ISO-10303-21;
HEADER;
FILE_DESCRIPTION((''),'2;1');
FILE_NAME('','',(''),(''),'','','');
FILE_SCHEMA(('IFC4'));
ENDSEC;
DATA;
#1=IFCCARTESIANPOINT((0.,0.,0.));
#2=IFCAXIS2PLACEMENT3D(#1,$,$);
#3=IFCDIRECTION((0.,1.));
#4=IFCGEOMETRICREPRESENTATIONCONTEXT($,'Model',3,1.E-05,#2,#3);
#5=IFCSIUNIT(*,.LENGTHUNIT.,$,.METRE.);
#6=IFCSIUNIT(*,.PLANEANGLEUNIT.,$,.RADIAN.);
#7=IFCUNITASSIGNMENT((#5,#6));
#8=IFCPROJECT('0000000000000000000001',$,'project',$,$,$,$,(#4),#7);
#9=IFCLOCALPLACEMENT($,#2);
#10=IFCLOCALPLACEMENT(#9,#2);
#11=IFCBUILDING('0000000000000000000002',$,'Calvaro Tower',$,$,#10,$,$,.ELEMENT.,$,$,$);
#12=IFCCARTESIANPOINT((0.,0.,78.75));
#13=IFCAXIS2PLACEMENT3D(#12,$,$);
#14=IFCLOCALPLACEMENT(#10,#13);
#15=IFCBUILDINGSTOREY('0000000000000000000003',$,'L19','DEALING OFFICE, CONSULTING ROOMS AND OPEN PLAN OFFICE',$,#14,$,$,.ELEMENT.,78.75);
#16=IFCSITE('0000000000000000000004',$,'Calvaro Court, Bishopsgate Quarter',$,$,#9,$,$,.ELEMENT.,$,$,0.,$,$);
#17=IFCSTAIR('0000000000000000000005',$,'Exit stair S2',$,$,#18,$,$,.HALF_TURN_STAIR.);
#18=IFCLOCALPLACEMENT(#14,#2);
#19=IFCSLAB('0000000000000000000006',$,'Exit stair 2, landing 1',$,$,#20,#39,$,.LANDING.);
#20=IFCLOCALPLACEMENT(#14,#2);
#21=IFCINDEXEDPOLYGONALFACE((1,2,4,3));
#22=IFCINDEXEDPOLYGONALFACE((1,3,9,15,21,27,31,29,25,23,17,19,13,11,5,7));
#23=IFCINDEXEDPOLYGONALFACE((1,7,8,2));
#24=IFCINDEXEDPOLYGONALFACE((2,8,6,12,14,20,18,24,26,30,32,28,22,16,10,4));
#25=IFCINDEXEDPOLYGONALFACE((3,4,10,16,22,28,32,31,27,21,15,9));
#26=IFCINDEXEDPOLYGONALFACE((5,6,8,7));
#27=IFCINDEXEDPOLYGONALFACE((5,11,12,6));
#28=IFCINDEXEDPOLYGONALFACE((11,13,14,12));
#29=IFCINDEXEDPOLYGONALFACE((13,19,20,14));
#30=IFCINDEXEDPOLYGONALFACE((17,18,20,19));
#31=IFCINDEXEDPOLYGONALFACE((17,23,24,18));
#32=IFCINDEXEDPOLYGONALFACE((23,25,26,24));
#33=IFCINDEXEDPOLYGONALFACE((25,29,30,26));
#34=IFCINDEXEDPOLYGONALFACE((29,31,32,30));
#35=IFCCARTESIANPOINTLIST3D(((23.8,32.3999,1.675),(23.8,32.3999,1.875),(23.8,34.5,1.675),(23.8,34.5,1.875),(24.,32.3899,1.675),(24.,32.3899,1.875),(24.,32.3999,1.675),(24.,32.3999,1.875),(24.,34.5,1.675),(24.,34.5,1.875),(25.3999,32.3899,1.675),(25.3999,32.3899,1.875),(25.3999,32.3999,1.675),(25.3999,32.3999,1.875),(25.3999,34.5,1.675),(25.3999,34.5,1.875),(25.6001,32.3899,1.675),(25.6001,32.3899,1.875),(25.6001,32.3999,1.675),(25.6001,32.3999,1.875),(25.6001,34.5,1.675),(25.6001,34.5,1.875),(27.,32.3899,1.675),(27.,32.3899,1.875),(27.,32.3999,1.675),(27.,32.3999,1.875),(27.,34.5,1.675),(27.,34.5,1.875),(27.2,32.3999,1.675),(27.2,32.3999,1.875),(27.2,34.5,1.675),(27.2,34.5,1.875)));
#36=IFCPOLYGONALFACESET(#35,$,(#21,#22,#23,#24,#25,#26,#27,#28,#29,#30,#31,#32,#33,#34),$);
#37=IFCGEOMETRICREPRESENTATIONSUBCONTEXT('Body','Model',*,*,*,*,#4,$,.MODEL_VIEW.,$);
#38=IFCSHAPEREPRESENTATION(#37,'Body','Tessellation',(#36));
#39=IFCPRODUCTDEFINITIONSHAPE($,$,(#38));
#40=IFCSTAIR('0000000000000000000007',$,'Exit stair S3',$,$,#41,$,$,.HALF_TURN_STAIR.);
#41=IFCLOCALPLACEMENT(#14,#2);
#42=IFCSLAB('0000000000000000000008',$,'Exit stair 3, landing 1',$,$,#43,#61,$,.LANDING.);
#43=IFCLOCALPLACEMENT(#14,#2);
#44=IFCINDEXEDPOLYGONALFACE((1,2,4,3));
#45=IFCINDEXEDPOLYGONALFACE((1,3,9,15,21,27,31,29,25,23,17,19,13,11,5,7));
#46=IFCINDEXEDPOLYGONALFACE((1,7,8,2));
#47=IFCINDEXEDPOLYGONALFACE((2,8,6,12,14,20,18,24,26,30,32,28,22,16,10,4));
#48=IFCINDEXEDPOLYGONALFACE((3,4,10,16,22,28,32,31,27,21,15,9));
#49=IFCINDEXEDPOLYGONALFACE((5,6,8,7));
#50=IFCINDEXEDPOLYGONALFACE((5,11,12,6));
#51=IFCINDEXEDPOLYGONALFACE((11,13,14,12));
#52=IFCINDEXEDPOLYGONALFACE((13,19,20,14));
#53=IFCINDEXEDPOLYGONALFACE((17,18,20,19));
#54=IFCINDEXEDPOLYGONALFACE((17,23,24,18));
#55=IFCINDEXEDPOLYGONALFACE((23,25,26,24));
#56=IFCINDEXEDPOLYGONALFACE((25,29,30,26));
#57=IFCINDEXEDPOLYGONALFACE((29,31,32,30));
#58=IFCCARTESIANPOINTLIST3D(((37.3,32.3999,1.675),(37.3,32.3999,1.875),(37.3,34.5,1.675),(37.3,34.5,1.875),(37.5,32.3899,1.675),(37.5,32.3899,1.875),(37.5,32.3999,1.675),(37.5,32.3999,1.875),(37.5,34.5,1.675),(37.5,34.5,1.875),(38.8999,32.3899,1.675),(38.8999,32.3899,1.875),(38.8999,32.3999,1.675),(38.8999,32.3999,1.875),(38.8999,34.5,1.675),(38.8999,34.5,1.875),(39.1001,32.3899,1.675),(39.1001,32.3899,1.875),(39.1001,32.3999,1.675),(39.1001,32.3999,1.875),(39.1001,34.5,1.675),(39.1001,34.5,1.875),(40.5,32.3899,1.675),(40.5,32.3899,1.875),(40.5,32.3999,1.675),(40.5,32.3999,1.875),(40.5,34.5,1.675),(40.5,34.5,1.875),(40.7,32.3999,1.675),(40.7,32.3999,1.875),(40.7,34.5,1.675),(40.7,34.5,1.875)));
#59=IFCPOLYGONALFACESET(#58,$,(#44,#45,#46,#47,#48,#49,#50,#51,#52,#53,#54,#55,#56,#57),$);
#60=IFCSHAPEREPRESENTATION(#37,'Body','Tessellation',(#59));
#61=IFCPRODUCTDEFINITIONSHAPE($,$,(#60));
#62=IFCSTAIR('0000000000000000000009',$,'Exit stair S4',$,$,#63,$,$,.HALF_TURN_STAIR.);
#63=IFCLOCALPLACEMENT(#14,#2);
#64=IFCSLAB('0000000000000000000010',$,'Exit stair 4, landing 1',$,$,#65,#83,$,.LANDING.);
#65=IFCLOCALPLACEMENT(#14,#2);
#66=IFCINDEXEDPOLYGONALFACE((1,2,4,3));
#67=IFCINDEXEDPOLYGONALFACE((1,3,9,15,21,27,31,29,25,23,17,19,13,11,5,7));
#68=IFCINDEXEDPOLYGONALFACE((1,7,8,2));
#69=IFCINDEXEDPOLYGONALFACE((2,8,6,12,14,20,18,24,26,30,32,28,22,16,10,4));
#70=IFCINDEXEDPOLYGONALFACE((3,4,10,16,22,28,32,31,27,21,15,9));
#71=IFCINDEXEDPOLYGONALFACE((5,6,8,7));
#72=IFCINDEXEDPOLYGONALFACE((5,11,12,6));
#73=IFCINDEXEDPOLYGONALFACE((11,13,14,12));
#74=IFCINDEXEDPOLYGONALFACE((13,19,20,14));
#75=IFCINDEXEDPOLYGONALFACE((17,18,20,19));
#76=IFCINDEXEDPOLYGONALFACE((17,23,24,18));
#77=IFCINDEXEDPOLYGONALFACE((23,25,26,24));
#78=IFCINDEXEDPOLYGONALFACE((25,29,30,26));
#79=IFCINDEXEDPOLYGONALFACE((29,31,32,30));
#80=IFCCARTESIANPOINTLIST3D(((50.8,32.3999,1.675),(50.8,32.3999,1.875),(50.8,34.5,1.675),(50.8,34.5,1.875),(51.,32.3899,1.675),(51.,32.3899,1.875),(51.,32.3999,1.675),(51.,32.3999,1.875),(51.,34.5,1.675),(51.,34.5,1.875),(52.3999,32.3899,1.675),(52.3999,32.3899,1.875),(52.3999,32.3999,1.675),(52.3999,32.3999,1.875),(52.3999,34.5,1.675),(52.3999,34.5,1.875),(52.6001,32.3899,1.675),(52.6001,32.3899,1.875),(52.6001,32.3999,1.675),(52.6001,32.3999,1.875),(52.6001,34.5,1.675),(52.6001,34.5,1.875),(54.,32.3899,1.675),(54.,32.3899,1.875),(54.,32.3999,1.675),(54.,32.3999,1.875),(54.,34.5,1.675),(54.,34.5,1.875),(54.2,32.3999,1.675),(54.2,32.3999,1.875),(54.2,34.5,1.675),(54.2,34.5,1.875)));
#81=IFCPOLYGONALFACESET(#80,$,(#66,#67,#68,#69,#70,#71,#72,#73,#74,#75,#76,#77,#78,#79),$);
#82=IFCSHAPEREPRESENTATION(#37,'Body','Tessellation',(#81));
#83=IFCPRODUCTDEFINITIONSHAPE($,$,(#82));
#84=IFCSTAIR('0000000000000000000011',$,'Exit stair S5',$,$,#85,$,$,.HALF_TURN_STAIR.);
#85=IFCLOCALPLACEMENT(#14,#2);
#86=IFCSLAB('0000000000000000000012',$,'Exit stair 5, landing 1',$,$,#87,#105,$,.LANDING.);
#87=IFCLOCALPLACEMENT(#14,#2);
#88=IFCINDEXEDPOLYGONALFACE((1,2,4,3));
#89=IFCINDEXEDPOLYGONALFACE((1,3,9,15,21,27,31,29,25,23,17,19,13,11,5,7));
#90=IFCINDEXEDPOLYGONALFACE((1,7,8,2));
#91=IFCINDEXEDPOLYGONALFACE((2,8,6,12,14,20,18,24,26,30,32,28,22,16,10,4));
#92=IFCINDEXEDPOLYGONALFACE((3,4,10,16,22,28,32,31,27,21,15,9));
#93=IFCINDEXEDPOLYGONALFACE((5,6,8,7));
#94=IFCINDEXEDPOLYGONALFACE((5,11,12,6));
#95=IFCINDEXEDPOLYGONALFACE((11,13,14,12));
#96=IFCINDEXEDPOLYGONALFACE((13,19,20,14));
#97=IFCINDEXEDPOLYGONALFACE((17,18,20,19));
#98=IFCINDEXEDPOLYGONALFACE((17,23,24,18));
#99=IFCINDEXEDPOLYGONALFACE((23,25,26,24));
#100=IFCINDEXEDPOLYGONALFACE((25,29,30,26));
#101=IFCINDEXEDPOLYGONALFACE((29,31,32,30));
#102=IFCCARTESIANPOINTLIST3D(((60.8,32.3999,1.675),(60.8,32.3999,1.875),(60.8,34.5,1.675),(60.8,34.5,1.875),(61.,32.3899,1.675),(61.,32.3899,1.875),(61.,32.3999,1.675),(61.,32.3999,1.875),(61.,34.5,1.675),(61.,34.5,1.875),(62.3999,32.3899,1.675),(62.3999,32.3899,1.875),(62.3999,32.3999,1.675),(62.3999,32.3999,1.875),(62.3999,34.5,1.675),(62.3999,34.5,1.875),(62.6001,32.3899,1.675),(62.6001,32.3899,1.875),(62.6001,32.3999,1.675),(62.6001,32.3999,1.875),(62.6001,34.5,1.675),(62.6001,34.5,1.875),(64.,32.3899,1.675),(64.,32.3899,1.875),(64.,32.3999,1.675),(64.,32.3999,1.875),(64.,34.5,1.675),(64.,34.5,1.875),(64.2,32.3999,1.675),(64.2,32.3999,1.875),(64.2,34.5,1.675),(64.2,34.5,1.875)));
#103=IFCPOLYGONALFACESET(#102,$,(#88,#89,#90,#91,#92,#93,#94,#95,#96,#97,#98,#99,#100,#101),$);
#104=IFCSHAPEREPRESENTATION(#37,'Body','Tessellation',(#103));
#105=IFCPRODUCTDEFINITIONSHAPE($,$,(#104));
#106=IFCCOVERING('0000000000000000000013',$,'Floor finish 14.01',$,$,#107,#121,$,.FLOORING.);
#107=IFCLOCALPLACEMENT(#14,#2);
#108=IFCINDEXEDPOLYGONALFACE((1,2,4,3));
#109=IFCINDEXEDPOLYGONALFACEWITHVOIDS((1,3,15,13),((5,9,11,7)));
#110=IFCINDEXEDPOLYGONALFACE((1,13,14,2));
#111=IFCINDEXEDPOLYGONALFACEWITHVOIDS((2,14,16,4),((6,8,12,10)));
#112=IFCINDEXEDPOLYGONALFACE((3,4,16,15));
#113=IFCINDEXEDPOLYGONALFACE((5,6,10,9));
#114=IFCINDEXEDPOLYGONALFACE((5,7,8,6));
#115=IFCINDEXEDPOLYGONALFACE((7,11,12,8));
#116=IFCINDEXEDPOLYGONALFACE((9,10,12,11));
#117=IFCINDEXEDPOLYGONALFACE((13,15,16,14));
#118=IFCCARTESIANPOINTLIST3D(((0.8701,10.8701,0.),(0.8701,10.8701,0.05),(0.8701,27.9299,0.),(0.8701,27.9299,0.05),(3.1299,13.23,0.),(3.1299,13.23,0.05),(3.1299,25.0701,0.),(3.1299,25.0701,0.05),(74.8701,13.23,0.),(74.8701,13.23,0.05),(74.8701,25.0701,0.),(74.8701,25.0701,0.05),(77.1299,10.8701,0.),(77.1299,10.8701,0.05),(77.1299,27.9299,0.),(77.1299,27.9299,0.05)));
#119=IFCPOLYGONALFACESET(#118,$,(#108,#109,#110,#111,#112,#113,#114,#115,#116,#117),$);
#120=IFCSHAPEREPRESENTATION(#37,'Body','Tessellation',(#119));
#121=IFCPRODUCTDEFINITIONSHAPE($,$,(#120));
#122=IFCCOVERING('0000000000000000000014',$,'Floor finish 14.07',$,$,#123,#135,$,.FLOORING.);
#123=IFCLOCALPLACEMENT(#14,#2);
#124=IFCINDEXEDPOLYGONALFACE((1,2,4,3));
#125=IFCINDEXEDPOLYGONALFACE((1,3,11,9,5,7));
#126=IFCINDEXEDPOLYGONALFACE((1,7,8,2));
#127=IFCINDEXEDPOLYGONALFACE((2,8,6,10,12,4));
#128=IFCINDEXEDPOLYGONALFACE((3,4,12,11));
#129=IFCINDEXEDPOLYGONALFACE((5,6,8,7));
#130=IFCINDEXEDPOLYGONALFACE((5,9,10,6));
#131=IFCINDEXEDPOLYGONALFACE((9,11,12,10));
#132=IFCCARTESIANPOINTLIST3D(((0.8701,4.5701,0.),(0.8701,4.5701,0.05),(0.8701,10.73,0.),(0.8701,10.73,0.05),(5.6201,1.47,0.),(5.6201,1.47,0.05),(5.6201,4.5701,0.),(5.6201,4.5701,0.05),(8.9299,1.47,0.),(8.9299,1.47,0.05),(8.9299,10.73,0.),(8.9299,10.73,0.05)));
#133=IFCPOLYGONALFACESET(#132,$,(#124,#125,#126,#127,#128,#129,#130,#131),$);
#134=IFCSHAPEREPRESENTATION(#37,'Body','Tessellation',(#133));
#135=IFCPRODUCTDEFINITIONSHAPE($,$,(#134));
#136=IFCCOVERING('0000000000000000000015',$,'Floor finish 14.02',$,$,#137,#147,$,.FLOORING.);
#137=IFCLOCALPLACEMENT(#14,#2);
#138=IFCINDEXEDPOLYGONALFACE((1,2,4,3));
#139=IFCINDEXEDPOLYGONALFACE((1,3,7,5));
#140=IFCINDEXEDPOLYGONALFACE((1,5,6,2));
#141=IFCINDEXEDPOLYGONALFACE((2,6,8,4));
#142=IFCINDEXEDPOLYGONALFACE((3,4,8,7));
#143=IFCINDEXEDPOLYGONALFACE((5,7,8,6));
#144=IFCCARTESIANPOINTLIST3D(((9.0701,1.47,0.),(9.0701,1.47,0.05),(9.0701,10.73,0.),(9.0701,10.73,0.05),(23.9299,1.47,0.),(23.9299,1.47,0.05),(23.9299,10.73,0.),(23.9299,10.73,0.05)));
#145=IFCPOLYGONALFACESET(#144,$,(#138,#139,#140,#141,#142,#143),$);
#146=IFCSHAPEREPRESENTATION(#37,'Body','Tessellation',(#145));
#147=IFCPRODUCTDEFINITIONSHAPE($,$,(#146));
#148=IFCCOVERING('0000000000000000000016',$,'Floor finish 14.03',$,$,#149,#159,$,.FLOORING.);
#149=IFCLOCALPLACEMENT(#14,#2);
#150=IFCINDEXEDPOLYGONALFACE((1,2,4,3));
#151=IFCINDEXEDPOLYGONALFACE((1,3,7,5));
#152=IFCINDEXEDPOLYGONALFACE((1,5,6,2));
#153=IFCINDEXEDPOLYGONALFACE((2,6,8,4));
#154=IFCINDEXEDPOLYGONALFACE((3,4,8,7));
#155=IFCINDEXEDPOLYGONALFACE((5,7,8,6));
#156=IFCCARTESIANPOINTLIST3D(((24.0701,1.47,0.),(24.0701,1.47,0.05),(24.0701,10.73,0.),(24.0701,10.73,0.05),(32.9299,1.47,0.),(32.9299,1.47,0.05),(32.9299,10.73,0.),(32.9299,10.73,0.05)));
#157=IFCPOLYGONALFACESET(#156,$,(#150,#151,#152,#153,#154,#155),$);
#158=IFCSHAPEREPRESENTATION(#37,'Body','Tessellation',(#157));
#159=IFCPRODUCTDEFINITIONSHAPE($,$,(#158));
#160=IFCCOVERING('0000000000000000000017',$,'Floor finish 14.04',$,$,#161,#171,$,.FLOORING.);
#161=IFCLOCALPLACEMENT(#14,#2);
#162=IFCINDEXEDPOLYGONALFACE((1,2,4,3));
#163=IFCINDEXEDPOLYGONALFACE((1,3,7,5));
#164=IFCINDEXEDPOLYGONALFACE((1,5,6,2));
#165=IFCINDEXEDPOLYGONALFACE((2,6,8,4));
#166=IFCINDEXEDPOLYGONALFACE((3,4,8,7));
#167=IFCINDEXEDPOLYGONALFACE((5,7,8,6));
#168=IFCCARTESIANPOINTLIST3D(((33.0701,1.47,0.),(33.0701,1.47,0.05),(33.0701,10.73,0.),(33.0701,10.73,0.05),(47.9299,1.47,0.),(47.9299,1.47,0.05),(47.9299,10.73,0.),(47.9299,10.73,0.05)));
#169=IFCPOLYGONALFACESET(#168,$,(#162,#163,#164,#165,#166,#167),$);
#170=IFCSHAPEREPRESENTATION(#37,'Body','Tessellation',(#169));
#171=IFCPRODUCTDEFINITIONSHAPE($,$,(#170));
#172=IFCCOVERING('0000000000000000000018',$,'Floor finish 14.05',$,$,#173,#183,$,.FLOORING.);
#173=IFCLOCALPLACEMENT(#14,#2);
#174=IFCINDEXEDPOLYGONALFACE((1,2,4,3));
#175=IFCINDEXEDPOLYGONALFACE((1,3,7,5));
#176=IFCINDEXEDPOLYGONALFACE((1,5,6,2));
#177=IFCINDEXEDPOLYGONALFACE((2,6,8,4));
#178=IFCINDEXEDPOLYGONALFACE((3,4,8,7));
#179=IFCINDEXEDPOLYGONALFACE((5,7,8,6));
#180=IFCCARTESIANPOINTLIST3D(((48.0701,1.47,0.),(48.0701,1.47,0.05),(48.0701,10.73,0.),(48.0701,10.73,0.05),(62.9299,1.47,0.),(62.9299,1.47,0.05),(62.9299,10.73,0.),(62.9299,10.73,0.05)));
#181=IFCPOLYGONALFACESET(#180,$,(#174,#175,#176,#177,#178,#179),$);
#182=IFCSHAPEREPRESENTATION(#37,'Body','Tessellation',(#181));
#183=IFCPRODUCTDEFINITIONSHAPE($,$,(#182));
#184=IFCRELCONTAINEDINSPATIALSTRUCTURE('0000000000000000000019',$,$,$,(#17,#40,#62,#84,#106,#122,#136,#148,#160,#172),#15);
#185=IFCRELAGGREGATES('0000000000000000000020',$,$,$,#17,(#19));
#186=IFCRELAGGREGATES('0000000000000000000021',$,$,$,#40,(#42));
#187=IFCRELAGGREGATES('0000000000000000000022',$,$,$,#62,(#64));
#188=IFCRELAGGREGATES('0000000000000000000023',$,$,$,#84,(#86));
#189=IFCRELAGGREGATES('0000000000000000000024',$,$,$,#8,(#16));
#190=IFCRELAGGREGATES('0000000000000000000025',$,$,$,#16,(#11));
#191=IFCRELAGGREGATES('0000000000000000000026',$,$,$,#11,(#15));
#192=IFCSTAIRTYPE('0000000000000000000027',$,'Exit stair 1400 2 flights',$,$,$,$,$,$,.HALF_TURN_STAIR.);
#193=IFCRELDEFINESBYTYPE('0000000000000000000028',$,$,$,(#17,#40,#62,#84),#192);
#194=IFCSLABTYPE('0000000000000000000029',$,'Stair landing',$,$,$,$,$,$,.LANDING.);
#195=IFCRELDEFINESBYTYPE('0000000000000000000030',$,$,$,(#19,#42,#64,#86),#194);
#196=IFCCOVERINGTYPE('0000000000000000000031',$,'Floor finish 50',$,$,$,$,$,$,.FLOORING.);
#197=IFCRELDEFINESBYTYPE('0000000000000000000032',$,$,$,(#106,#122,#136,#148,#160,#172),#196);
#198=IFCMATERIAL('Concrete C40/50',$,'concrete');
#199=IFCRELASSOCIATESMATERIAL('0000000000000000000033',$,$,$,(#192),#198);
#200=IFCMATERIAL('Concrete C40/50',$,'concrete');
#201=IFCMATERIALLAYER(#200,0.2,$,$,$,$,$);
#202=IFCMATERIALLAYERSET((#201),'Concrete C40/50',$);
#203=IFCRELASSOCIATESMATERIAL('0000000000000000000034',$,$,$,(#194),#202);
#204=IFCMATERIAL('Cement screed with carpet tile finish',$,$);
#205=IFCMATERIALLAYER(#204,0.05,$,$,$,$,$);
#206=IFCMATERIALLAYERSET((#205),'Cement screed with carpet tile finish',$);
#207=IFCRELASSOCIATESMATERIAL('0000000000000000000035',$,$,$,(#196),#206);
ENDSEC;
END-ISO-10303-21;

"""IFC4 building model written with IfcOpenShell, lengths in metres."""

from ifc_helpers import new_model, si_unit, direction, frame, origin, place, context, subcontext, project, spatial, polyline, outline, extrude, material, layer, layer_set, type_object, element, aggregate, save


model = new_model("IFC4")

# Units and contexts
model_context = context("Model", 3, precision=1e-05, world=origin(), true_north=direction((0.0, 1.0)))
body_context = subcontext(model_context, "Body", "Model", "MODEL_VIEW")
ifc_project = project(units=[si_unit("LENGTHUNIT", "METRE"), si_unit("PLANEANGLEUNIT", "RADIAN")], contexts=[model_context])

# Site, building, storey
site_placement = place(None, origin())
site = spatial("IfcSite", under=ifc_project, at=site_placement, Name="Calvaro Court, Bishopsgate Quarter", CompositionType="ELEMENT", RefElevation=0.0)
building_placement = place(site_placement, origin())
building = spatial("IfcBuilding", under=site, at=building_placement, Name="Calvaro Tower", CompositionType="ELEMENT")
storey_placement = place(building_placement, frame((0.0, 0.0, 78.75)))
storey = spatial("IfcBuildingStorey", under=building, at=storey_placement, Name="L19", Description="DEALING OFFICE, CONSULTING ROOMS AND OPEN PLAN OFFICE", CompositionType="ELEMENT", Elevation=78.75)

# Stairs, slabs
ifc_material_1 = material(Name="Concrete C40/50", Category="concrete")
stair_type = type_object("IfcStairType", Name="Exit stair 1400 2 flights", PredefinedType="HALF_TURN_STAIR", material=ifc_material_1)
ifc_material_2 = material(Name="Concrete C40/50", Category="concrete")
ifc_layer_1 = layer(ifc_material_2, 0.2)
ifc_layer_set_1 = layer_set([ifc_layer_1], Name="Concrete C40/50")
slab_type_1 = type_object("IfcSlabType", Name="Stair landing", PredefinedType="LANDING", material=ifc_layer_set_1)
stair_1_placement = place(storey_placement, origin())
stair_1 = element("IfcStair", 1, at=stair_1_placement, inside=storey, type_object=stair_type, Name="Exit stair S2", PredefinedType="HALF_TURN_STAIR")
slab_1_placement = place(storey_placement, frame((0.0, 0.0, 1.675)))
slab_1 = element("IfcSlab", 2, at=slab_1_placement, type_object=slab_type_1, Name="Exit stair 2, landing 1", PredefinedType="LANDING", context=body_context, shape_type="SweptSolid", body=[
    extrude(outline(polyline([(25.3999, 32.3899), (24.0, 32.3899), (24.0, 32.3999), (23.8, 32.3999), (23.8, 34.5), (24.0, 34.5), (25.3999, 34.5), (25.6001, 34.5), (27.0, 34.5), (27.2, 34.5), (27.2, 32.3999), (27.0, 32.3999), (27.0, 32.3899), (25.6001, 32.3899), (25.6001, 32.3999), (25.3999, 32.3999), (25.3999, 32.3899)])), origin(), (0.0, 0.0, 1.0), 0.2),
])
aggregate(stair_1, [slab_1])
stair_2_placement = place(storey_placement, origin())
stair_2 = element("IfcStair", 3, at=stair_2_placement, inside=storey, type_object=stair_type, Name="Exit stair S3", PredefinedType="HALF_TURN_STAIR")
slab_2_placement = place(storey_placement, frame((0.0, 0.0, 1.675)))
slab_2 = element("IfcSlab", 4, at=slab_2_placement, type_object=slab_type_1, Name="Exit stair 3, landing 1", PredefinedType="LANDING", context=body_context, shape_type="SweptSolid", body=[
    extrude(outline(polyline([(38.8999, 32.3899), (37.5, 32.3899), (37.5, 32.3999), (37.3, 32.3999), (37.3, 34.5), (37.5, 34.5), (38.8999, 34.5), (39.1001, 34.5), (40.5, 34.5), (40.7, 34.5), (40.7, 32.3999), (40.5, 32.3999), (40.5, 32.3899), (39.1001, 32.3899), (39.1001, 32.3999), (38.8999, 32.3999), (38.8999, 32.3899)])), origin(), (0.0, 0.0, 1.0), 0.2),
])
aggregate(stair_2, [slab_2])
stair_3_placement = place(storey_placement, origin())
stair_3 = element("IfcStair", 5, at=stair_3_placement, inside=storey, type_object=stair_type, Name="Exit stair S4", PredefinedType="HALF_TURN_STAIR")
slab_3_placement = place(storey_placement, frame((0.0, 0.0, 1.675)))
slab_3 = element("IfcSlab", 6, at=slab_3_placement, type_object=slab_type_1, Name="Exit stair 4, landing 1", PredefinedType="LANDING", context=body_context, shape_type="SweptSolid", body=[
    extrude(outline(polyline([(52.3999, 32.3899), (51.0, 32.3899), (51.0, 32.3999), (50.8, 32.3999), (50.8, 34.5), (51.0, 34.5), (52.3999, 34.5), (52.6001, 34.5), (54.0, 34.5), (54.2, 34.5), (54.2, 32.3999), (54.0, 32.3999), (54.0, 32.3899), (52.6001, 32.3899), (52.6001, 32.3999), (52.3999, 32.3999), (52.3999, 32.3899)])), origin(), (0.0, 0.0, 1.0), 0.2),
])
aggregate(stair_3, [slab_3])
stair_4_placement = place(storey_placement, origin())
stair_4 = element("IfcStair", 7, at=stair_4_placement, inside=storey, type_object=stair_type, Name="Exit stair S5", PredefinedType="HALF_TURN_STAIR")
slab_4_placement = place(storey_placement, frame((0.0, 0.0, 1.675)))
slab_4 = element("IfcSlab", 8, at=slab_4_placement, type_object=slab_type_1, Name="Exit stair 5, landing 1", PredefinedType="LANDING", context=body_context, shape_type="SweptSolid", body=[
    extrude(outline(polyline([(62.3999, 32.3899), (61.0, 32.3899), (61.0, 32.3999), (60.8, 32.3999), (60.8, 34.5), (61.0, 34.5), (62.3999, 34.5), (62.6001, 34.5), (64.0, 34.5), (64.2, 34.5), (64.2, 32.3999), (64.0, 32.3999), (64.0, 32.3899), (62.6001, 32.3899), (62.6001, 32.3999), (62.3999, 32.3999), (62.3999, 32.3899)])), origin(), (0.0, 0.0, 1.0), 0.2),
])
aggregate(stair_4, [slab_4])

# Coverings
ifc_material_3 = material(Name="Cement screed with carpet tile finish")
ifc_layer_2 = layer(ifc_material_3, 0.05)
ifc_layer_set_2 = layer_set([ifc_layer_2], Name="Cement screed with carpet tile finish")
covering_type = type_object("IfcCoveringType", Name="Floor finish 50", PredefinedType="FLOORING", material=ifc_layer_set_2)
covering_1_placement = place(storey_placement, origin())
element("IfcCovering", 9, at=covering_1_placement, inside=storey, type_object=covering_type, Name="Floor finish 14.01", PredefinedType="FLOORING", context=body_context, shape_type="SweptSolid", body=[
    extrude(outline(polyline([(0.8701, 10.8701), (0.8701, 27.9299), (77.1299, 27.9299), (77.1299, 10.8701), (0.8701, 10.8701)]), holes=[polyline([(74.8701, 13.23), (74.8701, 25.0701), (3.1299, 25.0701), (3.1299, 13.23), (74.8701, 13.23)])]), origin(), (0.0, 0.0, 1.0), 0.05),
])
covering_2_placement = place(storey_placement, origin())
element("IfcCovering", 10, at=covering_2_placement, inside=storey, type_object=covering_type, Name="Floor finish 14.07", PredefinedType="FLOORING", context=body_context, shape_type="SweptSolid", body=[
    extrude(outline(polyline([(8.9299, 10.73), (8.9299, 1.47), (5.6201, 1.47), (5.6201, 4.5701), (0.8701, 4.5701), (0.8701, 10.73), (8.9299, 10.73)])), origin(), (0.0, 0.0, 1.0), 0.05),
])
covering_3_placement = place(storey_placement, origin())
element("IfcCovering", 11, at=covering_3_placement, inside=storey, type_object=covering_type, Name="Floor finish 14.02", PredefinedType="FLOORING", context=body_context, shape_type="SweptSolid", body=[
    extrude(outline(polyline([(9.0701, 10.73), (23.9299, 10.73), (23.9299, 1.47), (9.0701, 1.47), (9.0701, 10.73)])), origin(), (0.0, 0.0, 1.0), 0.05),
])
covering_4_placement = place(storey_placement, origin())
element("IfcCovering", 12, at=covering_4_placement, inside=storey, type_object=covering_type, Name="Floor finish 14.03", PredefinedType="FLOORING", context=body_context, shape_type="SweptSolid", body=[
    extrude(outline(polyline([(24.0701, 10.73), (32.9299, 10.73), (32.9299, 1.47), (24.0701, 1.47), (24.0701, 10.73)])), origin(), (0.0, 0.0, 1.0), 0.05),
])
covering_5_placement = place(storey_placement, origin())
element("IfcCovering", 13, at=covering_5_placement, inside=storey, type_object=covering_type, Name="Floor finish 14.04", PredefinedType="FLOORING", context=body_context, shape_type="SweptSolid", body=[
    extrude(outline(polyline([(33.0701, 10.73), (47.9299, 10.73), (47.9299, 1.47), (33.0701, 1.47), (33.0701, 10.73)])), origin(), (0.0, 0.0, 1.0), 0.05),
])
covering_6_placement = place(storey_placement, origin())
element("IfcCovering", 14, at=covering_6_placement, inside=storey, type_object=covering_type, Name="Floor finish 14.05", PredefinedType="FLOORING", context=body_context, shape_type="SweptSolid", body=[
    extrude(outline(polyline([(48.0701, 10.73), (62.9299, 10.73), (62.9299, 1.47), (48.0701, 1.47), (48.0701, 10.73)])), origin(), (0.0, 0.0, 1.0), 0.05),
])

save(model, "model.ifc")
